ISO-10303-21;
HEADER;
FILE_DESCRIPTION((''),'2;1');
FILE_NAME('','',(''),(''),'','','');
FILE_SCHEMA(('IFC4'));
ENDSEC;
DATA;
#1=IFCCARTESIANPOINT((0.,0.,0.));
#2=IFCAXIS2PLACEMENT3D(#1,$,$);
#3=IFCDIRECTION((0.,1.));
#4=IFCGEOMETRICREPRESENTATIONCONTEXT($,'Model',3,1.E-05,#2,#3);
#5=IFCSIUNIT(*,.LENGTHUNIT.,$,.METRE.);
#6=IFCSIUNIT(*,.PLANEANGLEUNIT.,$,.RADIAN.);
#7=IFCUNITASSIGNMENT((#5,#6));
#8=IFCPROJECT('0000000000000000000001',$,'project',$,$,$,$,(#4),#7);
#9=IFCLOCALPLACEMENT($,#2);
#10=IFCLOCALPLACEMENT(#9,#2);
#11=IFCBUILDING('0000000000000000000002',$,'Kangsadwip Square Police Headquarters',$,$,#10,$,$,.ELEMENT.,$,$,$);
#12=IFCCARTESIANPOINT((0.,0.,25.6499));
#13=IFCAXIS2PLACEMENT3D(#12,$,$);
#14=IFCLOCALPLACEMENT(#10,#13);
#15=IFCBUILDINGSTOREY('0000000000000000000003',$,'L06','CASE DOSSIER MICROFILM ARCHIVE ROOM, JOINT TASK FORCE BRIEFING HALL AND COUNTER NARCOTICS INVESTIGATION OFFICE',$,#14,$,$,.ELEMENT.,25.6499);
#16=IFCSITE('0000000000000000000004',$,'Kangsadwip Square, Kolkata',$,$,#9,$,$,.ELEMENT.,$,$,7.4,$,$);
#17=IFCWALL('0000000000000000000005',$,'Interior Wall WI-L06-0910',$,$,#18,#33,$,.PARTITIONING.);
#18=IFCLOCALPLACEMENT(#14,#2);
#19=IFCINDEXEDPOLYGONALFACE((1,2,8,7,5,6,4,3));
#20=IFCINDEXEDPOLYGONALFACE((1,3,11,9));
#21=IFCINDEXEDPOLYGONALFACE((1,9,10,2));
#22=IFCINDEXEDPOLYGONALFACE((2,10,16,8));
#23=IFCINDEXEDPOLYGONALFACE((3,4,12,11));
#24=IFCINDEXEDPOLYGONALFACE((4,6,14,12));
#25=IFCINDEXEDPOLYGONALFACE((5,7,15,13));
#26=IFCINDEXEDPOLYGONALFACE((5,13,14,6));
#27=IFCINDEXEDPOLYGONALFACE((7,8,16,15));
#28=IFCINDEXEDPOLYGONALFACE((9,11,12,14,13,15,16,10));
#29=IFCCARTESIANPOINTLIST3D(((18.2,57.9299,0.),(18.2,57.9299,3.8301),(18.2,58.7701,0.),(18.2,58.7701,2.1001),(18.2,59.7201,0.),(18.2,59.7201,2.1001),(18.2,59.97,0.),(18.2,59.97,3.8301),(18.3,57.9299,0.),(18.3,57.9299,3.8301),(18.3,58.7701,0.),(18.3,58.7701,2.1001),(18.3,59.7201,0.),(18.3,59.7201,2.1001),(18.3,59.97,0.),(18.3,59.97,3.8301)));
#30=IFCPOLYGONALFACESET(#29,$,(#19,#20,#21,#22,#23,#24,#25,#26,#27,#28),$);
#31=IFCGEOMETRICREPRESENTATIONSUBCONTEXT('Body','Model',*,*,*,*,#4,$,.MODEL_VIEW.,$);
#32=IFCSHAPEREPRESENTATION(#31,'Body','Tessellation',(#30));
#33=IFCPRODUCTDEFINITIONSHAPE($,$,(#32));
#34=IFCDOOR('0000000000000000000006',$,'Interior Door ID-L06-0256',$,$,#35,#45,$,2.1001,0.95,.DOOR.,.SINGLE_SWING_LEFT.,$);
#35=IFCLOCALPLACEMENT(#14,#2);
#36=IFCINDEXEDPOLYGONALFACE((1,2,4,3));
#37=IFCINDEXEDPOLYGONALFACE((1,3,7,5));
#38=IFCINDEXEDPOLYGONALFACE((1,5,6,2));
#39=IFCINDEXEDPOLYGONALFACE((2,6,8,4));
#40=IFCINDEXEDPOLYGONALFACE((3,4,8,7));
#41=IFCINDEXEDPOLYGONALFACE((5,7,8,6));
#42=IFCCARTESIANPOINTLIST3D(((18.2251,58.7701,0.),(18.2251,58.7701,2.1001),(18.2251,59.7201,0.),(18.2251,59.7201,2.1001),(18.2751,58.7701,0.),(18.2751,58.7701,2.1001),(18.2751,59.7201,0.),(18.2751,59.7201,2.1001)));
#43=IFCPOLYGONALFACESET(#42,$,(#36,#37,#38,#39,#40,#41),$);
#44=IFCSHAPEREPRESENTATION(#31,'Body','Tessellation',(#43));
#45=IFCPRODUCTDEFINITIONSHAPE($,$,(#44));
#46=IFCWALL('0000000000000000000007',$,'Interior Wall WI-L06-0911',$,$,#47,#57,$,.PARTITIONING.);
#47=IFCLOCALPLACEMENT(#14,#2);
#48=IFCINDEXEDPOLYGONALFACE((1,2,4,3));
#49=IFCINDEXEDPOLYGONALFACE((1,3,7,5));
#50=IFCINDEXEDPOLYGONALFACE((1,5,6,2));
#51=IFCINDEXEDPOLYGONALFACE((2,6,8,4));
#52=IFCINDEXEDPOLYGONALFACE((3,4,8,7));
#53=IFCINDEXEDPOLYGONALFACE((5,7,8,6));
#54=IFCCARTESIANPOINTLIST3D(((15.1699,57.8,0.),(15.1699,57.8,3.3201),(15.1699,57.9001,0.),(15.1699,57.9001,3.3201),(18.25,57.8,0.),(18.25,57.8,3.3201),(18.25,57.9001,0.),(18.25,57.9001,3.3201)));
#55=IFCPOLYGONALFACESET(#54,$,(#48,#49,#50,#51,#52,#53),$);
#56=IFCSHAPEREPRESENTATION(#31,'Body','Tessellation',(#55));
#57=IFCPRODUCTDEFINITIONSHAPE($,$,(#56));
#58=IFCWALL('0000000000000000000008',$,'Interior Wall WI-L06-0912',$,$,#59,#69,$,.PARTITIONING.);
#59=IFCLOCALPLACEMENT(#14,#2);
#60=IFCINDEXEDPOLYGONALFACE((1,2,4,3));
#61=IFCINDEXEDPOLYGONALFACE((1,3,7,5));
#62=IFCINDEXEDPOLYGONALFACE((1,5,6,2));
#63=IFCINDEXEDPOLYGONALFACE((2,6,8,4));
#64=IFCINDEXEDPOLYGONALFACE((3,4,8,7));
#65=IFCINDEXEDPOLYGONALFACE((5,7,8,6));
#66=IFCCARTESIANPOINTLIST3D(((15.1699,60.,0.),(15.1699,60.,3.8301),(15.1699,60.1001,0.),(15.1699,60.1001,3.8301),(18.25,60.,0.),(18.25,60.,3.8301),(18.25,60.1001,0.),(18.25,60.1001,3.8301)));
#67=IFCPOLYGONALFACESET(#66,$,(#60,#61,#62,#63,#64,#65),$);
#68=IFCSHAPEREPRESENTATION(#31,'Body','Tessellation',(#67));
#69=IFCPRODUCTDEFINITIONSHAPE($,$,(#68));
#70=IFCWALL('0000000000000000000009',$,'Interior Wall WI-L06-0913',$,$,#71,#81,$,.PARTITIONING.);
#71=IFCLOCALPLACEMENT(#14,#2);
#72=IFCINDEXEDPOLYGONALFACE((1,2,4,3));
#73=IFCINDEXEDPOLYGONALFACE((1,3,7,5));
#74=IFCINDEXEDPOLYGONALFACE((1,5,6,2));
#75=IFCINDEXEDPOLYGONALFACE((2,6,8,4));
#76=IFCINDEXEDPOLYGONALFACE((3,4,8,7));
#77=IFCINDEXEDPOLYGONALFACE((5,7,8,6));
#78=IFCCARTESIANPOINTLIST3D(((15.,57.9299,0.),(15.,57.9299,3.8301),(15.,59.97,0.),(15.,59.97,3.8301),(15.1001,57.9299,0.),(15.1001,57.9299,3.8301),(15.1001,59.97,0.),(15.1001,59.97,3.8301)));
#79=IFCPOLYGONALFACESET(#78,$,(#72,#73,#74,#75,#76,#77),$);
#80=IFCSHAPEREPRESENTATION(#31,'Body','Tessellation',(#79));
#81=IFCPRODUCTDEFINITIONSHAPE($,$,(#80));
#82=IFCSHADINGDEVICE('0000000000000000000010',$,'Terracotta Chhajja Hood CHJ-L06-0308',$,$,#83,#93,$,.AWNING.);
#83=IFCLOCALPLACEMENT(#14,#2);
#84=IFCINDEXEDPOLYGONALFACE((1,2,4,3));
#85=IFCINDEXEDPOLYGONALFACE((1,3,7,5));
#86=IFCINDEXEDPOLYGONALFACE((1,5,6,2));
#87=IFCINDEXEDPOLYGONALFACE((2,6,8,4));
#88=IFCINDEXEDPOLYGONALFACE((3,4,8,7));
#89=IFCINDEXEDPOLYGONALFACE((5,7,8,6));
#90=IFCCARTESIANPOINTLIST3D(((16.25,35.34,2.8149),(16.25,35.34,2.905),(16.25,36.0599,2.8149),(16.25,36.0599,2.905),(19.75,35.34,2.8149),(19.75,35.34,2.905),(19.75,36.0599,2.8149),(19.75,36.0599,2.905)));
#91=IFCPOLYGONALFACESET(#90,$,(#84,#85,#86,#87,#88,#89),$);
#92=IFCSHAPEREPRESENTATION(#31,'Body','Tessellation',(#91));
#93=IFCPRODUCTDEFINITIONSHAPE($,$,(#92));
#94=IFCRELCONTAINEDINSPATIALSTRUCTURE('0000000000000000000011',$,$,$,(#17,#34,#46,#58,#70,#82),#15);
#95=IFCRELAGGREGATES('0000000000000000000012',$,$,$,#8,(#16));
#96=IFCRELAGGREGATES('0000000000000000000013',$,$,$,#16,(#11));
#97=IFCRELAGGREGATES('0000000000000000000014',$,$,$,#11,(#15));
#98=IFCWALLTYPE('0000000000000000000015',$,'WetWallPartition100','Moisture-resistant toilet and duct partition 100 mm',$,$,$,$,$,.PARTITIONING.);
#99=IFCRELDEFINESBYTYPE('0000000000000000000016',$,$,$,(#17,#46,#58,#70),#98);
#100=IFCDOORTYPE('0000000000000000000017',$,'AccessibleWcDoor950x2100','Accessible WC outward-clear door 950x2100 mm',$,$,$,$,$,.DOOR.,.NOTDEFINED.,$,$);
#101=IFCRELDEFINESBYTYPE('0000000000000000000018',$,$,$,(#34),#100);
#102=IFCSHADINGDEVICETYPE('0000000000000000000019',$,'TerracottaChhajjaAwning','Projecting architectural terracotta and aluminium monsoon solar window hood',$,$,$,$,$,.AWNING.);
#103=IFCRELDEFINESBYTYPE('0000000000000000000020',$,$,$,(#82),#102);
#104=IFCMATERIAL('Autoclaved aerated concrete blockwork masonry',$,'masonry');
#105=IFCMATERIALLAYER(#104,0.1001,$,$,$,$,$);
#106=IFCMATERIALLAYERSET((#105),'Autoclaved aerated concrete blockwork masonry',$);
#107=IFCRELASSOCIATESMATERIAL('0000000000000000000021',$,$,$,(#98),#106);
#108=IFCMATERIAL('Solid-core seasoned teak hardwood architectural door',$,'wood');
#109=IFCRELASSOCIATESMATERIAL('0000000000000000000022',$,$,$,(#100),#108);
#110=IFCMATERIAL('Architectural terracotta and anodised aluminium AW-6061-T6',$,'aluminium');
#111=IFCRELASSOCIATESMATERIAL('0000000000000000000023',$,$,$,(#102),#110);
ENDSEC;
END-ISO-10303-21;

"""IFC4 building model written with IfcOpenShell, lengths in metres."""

from ifc_helpers import new_model, si_unit, direction, frame, frame_2d, origin, origin_2d, place, context, subcontext, project, spatial, rectangle, extrude, material, layer, layer_set, type_object, element, fill, save


model = new_model("IFC4")

# Units and contexts
model_context = context("Model", 3, precision=1e-05, world=origin(), true_north=direction((0.0, 1.0)))
body_context = subcontext(model_context, "Body", "Model", "MODEL_VIEW")
ifc_project = project(units=[si_unit("LENGTHUNIT", "METRE"), si_unit("PLANEANGLEUNIT", "RADIAN")], contexts=[model_context])

# Site, building, storey
site_placement = place(None, origin())
site = spatial("IfcSite", under=ifc_project, at=site_placement, Name="Kangsadwip Square, Kolkata", CompositionType="ELEMENT", RefElevation=7.4)
building_placement = place(site_placement, origin())
building = spatial("IfcBuilding", under=site, at=building_placement, Name="Kangsadwip Square Police Headquarters", CompositionType="ELEMENT")
storey_placement = place(building_placement, frame((0.0, 0.0, 25.6499)))
storey = spatial("IfcBuildingStorey", under=building, at=storey_placement, Name="L06", Description="CASE DOSSIER MICROFILM ARCHIVE ROOM, JOINT TASK FORCE BRIEFING HALL AND COUNTER NARCOTICS INVESTIGATION OFFICE", CompositionType="ELEMENT", Elevation=25.6499)

# Wall, opening, door
ifc_material_1 = material(Name="Autoclaved aerated concrete blockwork masonry", Category="masonry")
ifc_layer_1 = layer(ifc_material_1, 0.1001)
ifc_layer_set_1 = layer_set([ifc_layer_1], Name="Autoclaved aerated concrete blockwork masonry")
wall_type_1 = type_object("IfcWallType", Name="WetWallPartition100", Description="Moisture-resistant toilet and duct partition 100 mm", PredefinedType="PARTITIONING", material=ifc_layer_set_1)
wall_1_placement = place(storey_placement, frame((18.25, 57.9299, 0.0), z_axis=(0.0, 0.0, 1.0), x_axis=(0.0, 1.0, 0.0)))
wall_1 = element("IfcWall", 1, at=wall_1_placement, inside=storey, type_object=wall_type_1, Name="Interior Wall WI-L06-0910", PredefinedType="PARTITIONING", context=body_context, shape_type="SweptSolid", body=[
    extrude(rectangle(XDim=2.04, YDim=0.1001, at=frame_2d((1.02, 0.0))), origin(), (0.0, 0.0, 1.0), 3.8301),
])
opening_1_placement = place(wall_1_placement, frame((0.8401, 0.0, 0.0)))
opening_1 = element("IfcOpeningElement", 2, at=opening_1_placement, cuts=wall_1, PredefinedType="OPENING", context=body_context, shape_type="SweptSolid", body=[
    extrude(rectangle(XDim=0.95, YDim=2.1001, at=frame_2d((0.4751, 1.05))), frame((0.0, 0.0601, 0.0), z_axis=(0.0, -1.0, 0.0), x_axis=(1.0, 0.0, 0.0)), (0.0, 0.0, 1.0), 0.1201),
])
ifc_material_2 = material(Name="Solid-core seasoned teak hardwood architectural door", Category="wood")
door_type_1 = type_object("IfcDoorType", Name="AccessibleWcDoor950x2100", Description="Accessible WC outward-clear door 950x2100 mm", OperationType="NOTDEFINED", PredefinedType="DOOR", material=ifc_material_2)
door_1_placement = place(opening_1_placement, origin())
door_1 = element("IfcDoor", 3, at=door_1_placement, inside=storey, type_object=door_type_1, Name="Interior Door ID-L06-0256", OperationType="SINGLE_SWING_LEFT", OverallHeight=2.1001, OverallWidth=0.95, PredefinedType="DOOR", context=body_context, shape_type="SweptSolid", body=[
    extrude(rectangle(XDim=0.95, YDim=2.1001, at=frame_2d((0.4751, 1.05))), frame((0.0, 0.0249, 0.0), z_axis=(0.0, -1.0, 0.0), x_axis=(1.0, 0.0, 0.0)), (0.0, 0.0, 1.0), 0.05),
])
fill(opening_1, door_1)

# Walls
wall_2_placement = place(storey_placement, frame((15.1699, 57.8501, 0.0), z_axis=(0.0, 0.0, 1.0), x_axis=(1.0, 0.0, 0.0)))
element("IfcWall", 4, at=wall_2_placement, inside=storey, type_object=wall_type_1, Name="Interior Wall WI-L06-0911", PredefinedType="PARTITIONING", context=body_context, shape_type="SweptSolid", body=[
    extrude(rectangle(XDim=3.0801, YDim=0.1001, at=frame_2d((1.54, 0.0))), origin(), (0.0, 0.0, 1.0), 3.3201),
])
wall_3_placement = place(storey_placement, frame((15.1699, 60.05, 0.0), z_axis=(0.0, 0.0, 1.0), x_axis=(1.0, 0.0, 0.0)))
element("IfcWall", 5, at=wall_3_placement, inside=storey, type_object=wall_type_1, Name="Interior Wall WI-L06-0912", PredefinedType="PARTITIONING", context=body_context, shape_type="SweptSolid", body=[
    extrude(rectangle(XDim=3.0801, YDim=0.1001, at=frame_2d((1.54, 0.0))), origin(), (0.0, 0.0, 1.0), 3.8301),
])
wall_4_placement = place(storey_placement, frame((15.05, 57.9299, 0.0), z_axis=(0.0, 0.0, 1.0), x_axis=(0.0, 1.0, 0.0)))
element("IfcWall", 6, at=wall_4_placement, inside=storey, type_object=wall_type_1, Name="Interior Wall WI-L06-0913", PredefinedType="PARTITIONING", context=body_context, shape_type="SweptSolid", body=[
    extrude(rectangle(XDim=2.04, YDim=0.1001, at=frame_2d((1.02, 0.0))), origin(), (0.0, 0.0, 1.0), 3.8301),
])

# Shading device
ifc_material_3 = material(Name="Architectural terracotta and anodised aluminium AW-6061-T6", Category="aluminium")
shading_device_type = type_object("IfcShadingDeviceType", Name="TerracottaChhajjaAwning", Description="Projecting architectural terracotta and aluminium monsoon solar window hood", PredefinedType="AWNING", material=ifc_material_3)
shading_device_placement = place(storey_placement, frame((18.0, 35.7, 2.8149), z_axis=(0.0, 0.0, 1.0), x_axis=(1.0, 0.0, 0.0)))
element("IfcShadingDevice", 7, at=shading_device_placement, inside=storey, type_object=shading_device_type, Name="Terracotta Chhajja Hood CHJ-L06-0308", PredefinedType="AWNING", context=body_context, shape_type="SweptSolid", body=[
    extrude(rectangle(XDim=3.5, YDim=0.72, at=origin_2d()), origin(), (0.0, 0.0, 1.0), 0.0901),
])

save(model, "model.ifc")
